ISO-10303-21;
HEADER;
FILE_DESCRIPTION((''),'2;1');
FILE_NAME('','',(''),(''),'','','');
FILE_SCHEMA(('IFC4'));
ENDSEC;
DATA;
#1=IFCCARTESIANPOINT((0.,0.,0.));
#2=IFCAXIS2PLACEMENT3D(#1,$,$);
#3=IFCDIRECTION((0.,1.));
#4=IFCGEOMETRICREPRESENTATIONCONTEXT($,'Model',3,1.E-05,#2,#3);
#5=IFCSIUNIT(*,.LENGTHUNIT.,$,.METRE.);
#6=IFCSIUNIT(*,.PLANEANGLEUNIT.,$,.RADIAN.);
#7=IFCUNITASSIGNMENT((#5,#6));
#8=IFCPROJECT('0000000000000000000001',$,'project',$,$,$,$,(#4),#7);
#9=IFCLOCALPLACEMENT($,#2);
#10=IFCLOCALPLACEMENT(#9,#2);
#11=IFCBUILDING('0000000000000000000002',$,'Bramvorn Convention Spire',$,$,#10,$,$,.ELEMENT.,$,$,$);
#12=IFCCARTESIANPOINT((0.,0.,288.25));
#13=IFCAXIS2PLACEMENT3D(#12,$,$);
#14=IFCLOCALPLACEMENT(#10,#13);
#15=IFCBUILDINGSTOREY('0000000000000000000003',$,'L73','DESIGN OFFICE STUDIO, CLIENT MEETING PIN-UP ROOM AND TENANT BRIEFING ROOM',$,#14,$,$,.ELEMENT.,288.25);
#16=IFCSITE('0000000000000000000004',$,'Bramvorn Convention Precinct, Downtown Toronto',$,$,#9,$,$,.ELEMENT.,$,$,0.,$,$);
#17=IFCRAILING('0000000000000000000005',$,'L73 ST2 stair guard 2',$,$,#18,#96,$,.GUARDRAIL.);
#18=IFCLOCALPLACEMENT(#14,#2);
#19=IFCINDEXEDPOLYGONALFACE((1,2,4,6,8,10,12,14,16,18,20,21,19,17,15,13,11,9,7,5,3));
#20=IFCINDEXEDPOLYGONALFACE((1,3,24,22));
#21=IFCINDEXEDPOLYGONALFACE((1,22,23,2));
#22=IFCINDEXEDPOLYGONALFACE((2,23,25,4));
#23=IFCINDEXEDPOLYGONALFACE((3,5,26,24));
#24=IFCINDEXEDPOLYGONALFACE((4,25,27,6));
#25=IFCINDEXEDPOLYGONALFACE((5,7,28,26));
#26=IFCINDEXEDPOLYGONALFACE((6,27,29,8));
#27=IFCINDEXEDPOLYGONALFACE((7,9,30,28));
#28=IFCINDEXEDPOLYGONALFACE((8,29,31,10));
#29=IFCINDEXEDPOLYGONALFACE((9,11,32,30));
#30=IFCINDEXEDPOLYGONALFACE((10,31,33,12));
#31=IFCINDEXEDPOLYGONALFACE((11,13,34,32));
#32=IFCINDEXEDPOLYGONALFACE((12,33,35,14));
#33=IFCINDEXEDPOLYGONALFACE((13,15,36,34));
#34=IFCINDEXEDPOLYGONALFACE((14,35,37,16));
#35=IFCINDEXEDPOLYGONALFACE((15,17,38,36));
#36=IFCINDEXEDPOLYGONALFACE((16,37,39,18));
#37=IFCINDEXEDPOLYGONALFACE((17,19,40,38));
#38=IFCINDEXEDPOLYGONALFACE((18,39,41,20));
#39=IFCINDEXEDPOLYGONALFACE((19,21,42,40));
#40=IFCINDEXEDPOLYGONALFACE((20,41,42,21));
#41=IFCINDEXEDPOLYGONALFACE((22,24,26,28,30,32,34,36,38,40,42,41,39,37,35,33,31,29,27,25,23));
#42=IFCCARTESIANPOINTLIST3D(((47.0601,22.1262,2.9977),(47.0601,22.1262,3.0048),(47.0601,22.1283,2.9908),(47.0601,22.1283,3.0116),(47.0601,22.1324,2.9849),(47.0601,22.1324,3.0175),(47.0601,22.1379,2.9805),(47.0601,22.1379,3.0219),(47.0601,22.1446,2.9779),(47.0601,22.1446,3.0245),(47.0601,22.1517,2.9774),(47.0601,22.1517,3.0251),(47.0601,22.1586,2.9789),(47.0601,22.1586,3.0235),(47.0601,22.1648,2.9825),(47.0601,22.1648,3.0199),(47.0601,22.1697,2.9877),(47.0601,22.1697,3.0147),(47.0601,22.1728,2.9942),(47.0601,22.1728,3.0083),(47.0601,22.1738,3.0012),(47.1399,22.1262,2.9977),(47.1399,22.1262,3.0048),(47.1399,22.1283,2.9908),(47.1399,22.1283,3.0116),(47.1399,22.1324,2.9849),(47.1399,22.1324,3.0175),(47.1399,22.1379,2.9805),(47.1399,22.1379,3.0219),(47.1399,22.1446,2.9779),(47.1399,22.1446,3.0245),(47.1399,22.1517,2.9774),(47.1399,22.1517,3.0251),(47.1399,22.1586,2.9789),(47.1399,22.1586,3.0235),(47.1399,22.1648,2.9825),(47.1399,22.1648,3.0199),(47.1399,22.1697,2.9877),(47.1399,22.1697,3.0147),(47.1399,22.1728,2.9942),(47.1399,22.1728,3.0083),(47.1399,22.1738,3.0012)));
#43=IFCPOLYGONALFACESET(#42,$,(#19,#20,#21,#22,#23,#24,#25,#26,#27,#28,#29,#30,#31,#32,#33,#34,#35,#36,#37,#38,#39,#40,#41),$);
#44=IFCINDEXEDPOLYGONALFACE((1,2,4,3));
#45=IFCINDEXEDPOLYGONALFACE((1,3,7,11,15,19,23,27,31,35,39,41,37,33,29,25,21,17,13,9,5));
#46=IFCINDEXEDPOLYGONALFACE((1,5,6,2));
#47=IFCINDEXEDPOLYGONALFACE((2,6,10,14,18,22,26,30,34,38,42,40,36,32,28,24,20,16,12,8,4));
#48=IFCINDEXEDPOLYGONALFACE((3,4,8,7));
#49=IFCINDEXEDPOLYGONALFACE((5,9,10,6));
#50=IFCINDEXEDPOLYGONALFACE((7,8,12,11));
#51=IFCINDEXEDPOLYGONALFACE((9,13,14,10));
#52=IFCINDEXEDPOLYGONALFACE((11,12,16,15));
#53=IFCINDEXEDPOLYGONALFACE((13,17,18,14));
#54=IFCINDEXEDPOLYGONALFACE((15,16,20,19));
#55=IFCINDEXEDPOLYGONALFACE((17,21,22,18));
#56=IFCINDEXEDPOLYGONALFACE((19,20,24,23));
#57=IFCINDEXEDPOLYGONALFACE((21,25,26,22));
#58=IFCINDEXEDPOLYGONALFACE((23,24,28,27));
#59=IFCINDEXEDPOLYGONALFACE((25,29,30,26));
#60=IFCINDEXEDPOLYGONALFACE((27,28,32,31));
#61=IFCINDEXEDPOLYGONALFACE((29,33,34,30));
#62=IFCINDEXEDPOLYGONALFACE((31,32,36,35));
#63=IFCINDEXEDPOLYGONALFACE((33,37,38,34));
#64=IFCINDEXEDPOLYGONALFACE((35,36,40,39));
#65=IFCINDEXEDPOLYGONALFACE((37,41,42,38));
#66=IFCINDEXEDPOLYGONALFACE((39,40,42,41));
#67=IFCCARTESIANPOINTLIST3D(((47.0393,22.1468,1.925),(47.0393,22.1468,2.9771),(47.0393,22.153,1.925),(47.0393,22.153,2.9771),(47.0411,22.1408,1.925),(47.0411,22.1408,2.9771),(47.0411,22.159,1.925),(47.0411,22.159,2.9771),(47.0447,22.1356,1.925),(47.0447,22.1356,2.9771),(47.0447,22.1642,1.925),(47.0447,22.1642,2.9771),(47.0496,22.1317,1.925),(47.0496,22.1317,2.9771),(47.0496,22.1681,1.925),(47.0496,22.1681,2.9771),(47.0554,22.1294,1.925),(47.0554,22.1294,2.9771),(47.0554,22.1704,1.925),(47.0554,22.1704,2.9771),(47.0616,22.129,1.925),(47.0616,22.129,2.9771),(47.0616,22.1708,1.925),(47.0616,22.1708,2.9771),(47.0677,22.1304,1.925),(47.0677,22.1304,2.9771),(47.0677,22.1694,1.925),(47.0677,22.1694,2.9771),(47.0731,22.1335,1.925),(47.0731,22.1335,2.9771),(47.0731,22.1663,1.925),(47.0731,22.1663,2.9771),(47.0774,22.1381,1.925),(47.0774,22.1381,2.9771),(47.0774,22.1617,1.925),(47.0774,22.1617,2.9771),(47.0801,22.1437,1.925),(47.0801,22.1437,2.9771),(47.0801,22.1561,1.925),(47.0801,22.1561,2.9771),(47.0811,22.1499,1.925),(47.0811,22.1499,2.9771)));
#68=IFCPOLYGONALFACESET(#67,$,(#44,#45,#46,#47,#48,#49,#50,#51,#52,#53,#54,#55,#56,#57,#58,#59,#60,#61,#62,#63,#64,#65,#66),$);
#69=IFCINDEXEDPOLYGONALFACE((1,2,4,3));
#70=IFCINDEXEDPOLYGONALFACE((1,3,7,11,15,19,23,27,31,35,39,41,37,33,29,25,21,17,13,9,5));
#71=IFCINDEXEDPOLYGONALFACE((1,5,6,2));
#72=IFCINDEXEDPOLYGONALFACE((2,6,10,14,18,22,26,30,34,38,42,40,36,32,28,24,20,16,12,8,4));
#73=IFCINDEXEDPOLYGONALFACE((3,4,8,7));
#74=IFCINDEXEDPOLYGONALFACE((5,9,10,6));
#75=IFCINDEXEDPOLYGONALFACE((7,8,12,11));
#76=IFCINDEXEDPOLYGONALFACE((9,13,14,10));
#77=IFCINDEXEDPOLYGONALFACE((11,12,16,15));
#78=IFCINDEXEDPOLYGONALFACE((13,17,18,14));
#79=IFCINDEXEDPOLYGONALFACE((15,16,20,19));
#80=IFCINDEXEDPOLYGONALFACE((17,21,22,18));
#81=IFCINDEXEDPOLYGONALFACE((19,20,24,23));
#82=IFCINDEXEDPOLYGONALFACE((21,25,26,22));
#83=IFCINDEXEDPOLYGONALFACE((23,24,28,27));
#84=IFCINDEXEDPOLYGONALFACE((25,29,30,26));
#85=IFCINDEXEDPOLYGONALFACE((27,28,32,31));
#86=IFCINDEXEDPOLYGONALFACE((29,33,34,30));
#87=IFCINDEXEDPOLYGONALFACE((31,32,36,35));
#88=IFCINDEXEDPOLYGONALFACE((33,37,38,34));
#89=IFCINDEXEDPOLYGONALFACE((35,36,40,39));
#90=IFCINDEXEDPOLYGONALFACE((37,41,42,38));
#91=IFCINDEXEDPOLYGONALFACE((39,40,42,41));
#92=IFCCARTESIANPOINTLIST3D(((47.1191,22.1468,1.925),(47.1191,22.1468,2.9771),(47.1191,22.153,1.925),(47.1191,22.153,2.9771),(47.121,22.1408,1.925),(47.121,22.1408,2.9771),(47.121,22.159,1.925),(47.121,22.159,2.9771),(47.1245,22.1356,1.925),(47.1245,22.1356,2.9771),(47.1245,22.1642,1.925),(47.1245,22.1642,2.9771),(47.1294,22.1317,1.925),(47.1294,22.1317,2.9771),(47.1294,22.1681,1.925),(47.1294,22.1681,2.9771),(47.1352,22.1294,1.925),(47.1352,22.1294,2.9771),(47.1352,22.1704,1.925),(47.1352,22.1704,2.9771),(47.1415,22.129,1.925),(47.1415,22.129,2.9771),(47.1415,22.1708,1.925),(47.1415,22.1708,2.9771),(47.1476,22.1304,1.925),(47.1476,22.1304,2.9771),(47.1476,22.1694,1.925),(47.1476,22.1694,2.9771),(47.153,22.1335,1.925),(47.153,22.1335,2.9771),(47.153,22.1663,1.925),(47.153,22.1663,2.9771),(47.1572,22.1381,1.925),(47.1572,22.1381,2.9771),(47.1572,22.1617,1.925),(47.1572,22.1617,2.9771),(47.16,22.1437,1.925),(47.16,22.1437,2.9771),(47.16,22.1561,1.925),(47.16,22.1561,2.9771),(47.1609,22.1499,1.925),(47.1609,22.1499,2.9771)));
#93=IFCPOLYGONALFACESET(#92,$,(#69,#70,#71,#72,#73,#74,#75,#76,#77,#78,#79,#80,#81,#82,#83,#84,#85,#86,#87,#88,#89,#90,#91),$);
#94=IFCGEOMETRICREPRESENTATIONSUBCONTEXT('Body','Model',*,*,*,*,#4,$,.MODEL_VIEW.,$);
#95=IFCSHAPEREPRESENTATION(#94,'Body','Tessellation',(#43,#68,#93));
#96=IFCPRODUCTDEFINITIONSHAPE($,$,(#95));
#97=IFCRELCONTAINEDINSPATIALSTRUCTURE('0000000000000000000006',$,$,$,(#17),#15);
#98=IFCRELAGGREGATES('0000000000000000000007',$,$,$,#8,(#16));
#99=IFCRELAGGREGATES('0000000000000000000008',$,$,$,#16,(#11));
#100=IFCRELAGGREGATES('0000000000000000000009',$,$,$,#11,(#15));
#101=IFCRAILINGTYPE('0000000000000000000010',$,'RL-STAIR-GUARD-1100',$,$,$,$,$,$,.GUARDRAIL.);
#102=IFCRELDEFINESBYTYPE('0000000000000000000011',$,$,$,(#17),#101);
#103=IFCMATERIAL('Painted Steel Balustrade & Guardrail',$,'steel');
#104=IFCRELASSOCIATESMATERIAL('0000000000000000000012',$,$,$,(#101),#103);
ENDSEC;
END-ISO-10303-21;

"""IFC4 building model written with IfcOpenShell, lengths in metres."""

from ifc_helpers import new_model, si_unit, direction, frame, origin, origin_2d, place, context, subcontext, project, spatial, circle, extrude, material, type_object, element, save


model = new_model("IFC4")

# Units and contexts
model_context = context("Model", 3, precision=1e-05, world=origin(), true_north=direction((0.0, 1.0)))
body_context = subcontext(model_context, "Body", "Model", "MODEL_VIEW")
ifc_project = project(units=[si_unit("LENGTHUNIT", "METRE"), si_unit("PLANEANGLEUNIT", "RADIAN")], contexts=[model_context])

# Site, building, storey
site_placement = place(None, origin())
site = spatial("IfcSite", under=ifc_project, at=site_placement, Name="Bramvorn Convention Precinct, Downtown Toronto", CompositionType="ELEMENT", RefElevation=0.0)
building_placement = place(site_placement, origin())
building = spatial("IfcBuilding", under=site, at=building_placement, Name="Bramvorn Convention Spire", CompositionType="ELEMENT")
storey_placement = place(building_placement, frame((0.0, 0.0, 288.25)))
storey = spatial("IfcBuildingStorey", under=building, at=storey_placement, Name="L73", Description="DESIGN OFFICE STUDIO, CLIENT MEETING PIN-UP ROOM AND TENANT BRIEFING ROOM", CompositionType="ELEMENT", Elevation=288.25)

# Railing
ifc_material_1 = material(Name="Painted Steel Balustrade & Guardrail", Category="steel")
railing_type = type_object("IfcRailingType", Name="RL-STAIR-GUARD-1100", PredefinedType="GUARDRAIL", material=ifc_material_1)
railing_1_placement = place(storey_placement, frame((47.0601, 22.1499, 1.925)))
element("IfcRailing", 1, at=railing_1_placement, inside=storey, type_object=railing_type, Name="L73 ST2 stair guard 2", PredefinedType="GUARDRAIL", context=body_context, shape_type="SweptSolid", body=[
    extrude(circle(Radius=0.0239, at=origin_2d()), frame((0.0, 0.0, 1.0762), z_axis=(1.0, 0.0, 0.0), x_axis=(0.0, 1.0, 0.0)), (0.0, 0.0, 1.0), 0.0798),
    extrude(circle(Radius=0.021, at=origin_2d()), origin(), (0.0, 0.0, 1.0), 1.052),
    extrude(circle(Radius=0.021, at=origin_2d()), frame((0.0798, 0.0, 0.0)), (0.0, 0.0, 1.0), 1.052),
])

save(model, "model.ifc")
